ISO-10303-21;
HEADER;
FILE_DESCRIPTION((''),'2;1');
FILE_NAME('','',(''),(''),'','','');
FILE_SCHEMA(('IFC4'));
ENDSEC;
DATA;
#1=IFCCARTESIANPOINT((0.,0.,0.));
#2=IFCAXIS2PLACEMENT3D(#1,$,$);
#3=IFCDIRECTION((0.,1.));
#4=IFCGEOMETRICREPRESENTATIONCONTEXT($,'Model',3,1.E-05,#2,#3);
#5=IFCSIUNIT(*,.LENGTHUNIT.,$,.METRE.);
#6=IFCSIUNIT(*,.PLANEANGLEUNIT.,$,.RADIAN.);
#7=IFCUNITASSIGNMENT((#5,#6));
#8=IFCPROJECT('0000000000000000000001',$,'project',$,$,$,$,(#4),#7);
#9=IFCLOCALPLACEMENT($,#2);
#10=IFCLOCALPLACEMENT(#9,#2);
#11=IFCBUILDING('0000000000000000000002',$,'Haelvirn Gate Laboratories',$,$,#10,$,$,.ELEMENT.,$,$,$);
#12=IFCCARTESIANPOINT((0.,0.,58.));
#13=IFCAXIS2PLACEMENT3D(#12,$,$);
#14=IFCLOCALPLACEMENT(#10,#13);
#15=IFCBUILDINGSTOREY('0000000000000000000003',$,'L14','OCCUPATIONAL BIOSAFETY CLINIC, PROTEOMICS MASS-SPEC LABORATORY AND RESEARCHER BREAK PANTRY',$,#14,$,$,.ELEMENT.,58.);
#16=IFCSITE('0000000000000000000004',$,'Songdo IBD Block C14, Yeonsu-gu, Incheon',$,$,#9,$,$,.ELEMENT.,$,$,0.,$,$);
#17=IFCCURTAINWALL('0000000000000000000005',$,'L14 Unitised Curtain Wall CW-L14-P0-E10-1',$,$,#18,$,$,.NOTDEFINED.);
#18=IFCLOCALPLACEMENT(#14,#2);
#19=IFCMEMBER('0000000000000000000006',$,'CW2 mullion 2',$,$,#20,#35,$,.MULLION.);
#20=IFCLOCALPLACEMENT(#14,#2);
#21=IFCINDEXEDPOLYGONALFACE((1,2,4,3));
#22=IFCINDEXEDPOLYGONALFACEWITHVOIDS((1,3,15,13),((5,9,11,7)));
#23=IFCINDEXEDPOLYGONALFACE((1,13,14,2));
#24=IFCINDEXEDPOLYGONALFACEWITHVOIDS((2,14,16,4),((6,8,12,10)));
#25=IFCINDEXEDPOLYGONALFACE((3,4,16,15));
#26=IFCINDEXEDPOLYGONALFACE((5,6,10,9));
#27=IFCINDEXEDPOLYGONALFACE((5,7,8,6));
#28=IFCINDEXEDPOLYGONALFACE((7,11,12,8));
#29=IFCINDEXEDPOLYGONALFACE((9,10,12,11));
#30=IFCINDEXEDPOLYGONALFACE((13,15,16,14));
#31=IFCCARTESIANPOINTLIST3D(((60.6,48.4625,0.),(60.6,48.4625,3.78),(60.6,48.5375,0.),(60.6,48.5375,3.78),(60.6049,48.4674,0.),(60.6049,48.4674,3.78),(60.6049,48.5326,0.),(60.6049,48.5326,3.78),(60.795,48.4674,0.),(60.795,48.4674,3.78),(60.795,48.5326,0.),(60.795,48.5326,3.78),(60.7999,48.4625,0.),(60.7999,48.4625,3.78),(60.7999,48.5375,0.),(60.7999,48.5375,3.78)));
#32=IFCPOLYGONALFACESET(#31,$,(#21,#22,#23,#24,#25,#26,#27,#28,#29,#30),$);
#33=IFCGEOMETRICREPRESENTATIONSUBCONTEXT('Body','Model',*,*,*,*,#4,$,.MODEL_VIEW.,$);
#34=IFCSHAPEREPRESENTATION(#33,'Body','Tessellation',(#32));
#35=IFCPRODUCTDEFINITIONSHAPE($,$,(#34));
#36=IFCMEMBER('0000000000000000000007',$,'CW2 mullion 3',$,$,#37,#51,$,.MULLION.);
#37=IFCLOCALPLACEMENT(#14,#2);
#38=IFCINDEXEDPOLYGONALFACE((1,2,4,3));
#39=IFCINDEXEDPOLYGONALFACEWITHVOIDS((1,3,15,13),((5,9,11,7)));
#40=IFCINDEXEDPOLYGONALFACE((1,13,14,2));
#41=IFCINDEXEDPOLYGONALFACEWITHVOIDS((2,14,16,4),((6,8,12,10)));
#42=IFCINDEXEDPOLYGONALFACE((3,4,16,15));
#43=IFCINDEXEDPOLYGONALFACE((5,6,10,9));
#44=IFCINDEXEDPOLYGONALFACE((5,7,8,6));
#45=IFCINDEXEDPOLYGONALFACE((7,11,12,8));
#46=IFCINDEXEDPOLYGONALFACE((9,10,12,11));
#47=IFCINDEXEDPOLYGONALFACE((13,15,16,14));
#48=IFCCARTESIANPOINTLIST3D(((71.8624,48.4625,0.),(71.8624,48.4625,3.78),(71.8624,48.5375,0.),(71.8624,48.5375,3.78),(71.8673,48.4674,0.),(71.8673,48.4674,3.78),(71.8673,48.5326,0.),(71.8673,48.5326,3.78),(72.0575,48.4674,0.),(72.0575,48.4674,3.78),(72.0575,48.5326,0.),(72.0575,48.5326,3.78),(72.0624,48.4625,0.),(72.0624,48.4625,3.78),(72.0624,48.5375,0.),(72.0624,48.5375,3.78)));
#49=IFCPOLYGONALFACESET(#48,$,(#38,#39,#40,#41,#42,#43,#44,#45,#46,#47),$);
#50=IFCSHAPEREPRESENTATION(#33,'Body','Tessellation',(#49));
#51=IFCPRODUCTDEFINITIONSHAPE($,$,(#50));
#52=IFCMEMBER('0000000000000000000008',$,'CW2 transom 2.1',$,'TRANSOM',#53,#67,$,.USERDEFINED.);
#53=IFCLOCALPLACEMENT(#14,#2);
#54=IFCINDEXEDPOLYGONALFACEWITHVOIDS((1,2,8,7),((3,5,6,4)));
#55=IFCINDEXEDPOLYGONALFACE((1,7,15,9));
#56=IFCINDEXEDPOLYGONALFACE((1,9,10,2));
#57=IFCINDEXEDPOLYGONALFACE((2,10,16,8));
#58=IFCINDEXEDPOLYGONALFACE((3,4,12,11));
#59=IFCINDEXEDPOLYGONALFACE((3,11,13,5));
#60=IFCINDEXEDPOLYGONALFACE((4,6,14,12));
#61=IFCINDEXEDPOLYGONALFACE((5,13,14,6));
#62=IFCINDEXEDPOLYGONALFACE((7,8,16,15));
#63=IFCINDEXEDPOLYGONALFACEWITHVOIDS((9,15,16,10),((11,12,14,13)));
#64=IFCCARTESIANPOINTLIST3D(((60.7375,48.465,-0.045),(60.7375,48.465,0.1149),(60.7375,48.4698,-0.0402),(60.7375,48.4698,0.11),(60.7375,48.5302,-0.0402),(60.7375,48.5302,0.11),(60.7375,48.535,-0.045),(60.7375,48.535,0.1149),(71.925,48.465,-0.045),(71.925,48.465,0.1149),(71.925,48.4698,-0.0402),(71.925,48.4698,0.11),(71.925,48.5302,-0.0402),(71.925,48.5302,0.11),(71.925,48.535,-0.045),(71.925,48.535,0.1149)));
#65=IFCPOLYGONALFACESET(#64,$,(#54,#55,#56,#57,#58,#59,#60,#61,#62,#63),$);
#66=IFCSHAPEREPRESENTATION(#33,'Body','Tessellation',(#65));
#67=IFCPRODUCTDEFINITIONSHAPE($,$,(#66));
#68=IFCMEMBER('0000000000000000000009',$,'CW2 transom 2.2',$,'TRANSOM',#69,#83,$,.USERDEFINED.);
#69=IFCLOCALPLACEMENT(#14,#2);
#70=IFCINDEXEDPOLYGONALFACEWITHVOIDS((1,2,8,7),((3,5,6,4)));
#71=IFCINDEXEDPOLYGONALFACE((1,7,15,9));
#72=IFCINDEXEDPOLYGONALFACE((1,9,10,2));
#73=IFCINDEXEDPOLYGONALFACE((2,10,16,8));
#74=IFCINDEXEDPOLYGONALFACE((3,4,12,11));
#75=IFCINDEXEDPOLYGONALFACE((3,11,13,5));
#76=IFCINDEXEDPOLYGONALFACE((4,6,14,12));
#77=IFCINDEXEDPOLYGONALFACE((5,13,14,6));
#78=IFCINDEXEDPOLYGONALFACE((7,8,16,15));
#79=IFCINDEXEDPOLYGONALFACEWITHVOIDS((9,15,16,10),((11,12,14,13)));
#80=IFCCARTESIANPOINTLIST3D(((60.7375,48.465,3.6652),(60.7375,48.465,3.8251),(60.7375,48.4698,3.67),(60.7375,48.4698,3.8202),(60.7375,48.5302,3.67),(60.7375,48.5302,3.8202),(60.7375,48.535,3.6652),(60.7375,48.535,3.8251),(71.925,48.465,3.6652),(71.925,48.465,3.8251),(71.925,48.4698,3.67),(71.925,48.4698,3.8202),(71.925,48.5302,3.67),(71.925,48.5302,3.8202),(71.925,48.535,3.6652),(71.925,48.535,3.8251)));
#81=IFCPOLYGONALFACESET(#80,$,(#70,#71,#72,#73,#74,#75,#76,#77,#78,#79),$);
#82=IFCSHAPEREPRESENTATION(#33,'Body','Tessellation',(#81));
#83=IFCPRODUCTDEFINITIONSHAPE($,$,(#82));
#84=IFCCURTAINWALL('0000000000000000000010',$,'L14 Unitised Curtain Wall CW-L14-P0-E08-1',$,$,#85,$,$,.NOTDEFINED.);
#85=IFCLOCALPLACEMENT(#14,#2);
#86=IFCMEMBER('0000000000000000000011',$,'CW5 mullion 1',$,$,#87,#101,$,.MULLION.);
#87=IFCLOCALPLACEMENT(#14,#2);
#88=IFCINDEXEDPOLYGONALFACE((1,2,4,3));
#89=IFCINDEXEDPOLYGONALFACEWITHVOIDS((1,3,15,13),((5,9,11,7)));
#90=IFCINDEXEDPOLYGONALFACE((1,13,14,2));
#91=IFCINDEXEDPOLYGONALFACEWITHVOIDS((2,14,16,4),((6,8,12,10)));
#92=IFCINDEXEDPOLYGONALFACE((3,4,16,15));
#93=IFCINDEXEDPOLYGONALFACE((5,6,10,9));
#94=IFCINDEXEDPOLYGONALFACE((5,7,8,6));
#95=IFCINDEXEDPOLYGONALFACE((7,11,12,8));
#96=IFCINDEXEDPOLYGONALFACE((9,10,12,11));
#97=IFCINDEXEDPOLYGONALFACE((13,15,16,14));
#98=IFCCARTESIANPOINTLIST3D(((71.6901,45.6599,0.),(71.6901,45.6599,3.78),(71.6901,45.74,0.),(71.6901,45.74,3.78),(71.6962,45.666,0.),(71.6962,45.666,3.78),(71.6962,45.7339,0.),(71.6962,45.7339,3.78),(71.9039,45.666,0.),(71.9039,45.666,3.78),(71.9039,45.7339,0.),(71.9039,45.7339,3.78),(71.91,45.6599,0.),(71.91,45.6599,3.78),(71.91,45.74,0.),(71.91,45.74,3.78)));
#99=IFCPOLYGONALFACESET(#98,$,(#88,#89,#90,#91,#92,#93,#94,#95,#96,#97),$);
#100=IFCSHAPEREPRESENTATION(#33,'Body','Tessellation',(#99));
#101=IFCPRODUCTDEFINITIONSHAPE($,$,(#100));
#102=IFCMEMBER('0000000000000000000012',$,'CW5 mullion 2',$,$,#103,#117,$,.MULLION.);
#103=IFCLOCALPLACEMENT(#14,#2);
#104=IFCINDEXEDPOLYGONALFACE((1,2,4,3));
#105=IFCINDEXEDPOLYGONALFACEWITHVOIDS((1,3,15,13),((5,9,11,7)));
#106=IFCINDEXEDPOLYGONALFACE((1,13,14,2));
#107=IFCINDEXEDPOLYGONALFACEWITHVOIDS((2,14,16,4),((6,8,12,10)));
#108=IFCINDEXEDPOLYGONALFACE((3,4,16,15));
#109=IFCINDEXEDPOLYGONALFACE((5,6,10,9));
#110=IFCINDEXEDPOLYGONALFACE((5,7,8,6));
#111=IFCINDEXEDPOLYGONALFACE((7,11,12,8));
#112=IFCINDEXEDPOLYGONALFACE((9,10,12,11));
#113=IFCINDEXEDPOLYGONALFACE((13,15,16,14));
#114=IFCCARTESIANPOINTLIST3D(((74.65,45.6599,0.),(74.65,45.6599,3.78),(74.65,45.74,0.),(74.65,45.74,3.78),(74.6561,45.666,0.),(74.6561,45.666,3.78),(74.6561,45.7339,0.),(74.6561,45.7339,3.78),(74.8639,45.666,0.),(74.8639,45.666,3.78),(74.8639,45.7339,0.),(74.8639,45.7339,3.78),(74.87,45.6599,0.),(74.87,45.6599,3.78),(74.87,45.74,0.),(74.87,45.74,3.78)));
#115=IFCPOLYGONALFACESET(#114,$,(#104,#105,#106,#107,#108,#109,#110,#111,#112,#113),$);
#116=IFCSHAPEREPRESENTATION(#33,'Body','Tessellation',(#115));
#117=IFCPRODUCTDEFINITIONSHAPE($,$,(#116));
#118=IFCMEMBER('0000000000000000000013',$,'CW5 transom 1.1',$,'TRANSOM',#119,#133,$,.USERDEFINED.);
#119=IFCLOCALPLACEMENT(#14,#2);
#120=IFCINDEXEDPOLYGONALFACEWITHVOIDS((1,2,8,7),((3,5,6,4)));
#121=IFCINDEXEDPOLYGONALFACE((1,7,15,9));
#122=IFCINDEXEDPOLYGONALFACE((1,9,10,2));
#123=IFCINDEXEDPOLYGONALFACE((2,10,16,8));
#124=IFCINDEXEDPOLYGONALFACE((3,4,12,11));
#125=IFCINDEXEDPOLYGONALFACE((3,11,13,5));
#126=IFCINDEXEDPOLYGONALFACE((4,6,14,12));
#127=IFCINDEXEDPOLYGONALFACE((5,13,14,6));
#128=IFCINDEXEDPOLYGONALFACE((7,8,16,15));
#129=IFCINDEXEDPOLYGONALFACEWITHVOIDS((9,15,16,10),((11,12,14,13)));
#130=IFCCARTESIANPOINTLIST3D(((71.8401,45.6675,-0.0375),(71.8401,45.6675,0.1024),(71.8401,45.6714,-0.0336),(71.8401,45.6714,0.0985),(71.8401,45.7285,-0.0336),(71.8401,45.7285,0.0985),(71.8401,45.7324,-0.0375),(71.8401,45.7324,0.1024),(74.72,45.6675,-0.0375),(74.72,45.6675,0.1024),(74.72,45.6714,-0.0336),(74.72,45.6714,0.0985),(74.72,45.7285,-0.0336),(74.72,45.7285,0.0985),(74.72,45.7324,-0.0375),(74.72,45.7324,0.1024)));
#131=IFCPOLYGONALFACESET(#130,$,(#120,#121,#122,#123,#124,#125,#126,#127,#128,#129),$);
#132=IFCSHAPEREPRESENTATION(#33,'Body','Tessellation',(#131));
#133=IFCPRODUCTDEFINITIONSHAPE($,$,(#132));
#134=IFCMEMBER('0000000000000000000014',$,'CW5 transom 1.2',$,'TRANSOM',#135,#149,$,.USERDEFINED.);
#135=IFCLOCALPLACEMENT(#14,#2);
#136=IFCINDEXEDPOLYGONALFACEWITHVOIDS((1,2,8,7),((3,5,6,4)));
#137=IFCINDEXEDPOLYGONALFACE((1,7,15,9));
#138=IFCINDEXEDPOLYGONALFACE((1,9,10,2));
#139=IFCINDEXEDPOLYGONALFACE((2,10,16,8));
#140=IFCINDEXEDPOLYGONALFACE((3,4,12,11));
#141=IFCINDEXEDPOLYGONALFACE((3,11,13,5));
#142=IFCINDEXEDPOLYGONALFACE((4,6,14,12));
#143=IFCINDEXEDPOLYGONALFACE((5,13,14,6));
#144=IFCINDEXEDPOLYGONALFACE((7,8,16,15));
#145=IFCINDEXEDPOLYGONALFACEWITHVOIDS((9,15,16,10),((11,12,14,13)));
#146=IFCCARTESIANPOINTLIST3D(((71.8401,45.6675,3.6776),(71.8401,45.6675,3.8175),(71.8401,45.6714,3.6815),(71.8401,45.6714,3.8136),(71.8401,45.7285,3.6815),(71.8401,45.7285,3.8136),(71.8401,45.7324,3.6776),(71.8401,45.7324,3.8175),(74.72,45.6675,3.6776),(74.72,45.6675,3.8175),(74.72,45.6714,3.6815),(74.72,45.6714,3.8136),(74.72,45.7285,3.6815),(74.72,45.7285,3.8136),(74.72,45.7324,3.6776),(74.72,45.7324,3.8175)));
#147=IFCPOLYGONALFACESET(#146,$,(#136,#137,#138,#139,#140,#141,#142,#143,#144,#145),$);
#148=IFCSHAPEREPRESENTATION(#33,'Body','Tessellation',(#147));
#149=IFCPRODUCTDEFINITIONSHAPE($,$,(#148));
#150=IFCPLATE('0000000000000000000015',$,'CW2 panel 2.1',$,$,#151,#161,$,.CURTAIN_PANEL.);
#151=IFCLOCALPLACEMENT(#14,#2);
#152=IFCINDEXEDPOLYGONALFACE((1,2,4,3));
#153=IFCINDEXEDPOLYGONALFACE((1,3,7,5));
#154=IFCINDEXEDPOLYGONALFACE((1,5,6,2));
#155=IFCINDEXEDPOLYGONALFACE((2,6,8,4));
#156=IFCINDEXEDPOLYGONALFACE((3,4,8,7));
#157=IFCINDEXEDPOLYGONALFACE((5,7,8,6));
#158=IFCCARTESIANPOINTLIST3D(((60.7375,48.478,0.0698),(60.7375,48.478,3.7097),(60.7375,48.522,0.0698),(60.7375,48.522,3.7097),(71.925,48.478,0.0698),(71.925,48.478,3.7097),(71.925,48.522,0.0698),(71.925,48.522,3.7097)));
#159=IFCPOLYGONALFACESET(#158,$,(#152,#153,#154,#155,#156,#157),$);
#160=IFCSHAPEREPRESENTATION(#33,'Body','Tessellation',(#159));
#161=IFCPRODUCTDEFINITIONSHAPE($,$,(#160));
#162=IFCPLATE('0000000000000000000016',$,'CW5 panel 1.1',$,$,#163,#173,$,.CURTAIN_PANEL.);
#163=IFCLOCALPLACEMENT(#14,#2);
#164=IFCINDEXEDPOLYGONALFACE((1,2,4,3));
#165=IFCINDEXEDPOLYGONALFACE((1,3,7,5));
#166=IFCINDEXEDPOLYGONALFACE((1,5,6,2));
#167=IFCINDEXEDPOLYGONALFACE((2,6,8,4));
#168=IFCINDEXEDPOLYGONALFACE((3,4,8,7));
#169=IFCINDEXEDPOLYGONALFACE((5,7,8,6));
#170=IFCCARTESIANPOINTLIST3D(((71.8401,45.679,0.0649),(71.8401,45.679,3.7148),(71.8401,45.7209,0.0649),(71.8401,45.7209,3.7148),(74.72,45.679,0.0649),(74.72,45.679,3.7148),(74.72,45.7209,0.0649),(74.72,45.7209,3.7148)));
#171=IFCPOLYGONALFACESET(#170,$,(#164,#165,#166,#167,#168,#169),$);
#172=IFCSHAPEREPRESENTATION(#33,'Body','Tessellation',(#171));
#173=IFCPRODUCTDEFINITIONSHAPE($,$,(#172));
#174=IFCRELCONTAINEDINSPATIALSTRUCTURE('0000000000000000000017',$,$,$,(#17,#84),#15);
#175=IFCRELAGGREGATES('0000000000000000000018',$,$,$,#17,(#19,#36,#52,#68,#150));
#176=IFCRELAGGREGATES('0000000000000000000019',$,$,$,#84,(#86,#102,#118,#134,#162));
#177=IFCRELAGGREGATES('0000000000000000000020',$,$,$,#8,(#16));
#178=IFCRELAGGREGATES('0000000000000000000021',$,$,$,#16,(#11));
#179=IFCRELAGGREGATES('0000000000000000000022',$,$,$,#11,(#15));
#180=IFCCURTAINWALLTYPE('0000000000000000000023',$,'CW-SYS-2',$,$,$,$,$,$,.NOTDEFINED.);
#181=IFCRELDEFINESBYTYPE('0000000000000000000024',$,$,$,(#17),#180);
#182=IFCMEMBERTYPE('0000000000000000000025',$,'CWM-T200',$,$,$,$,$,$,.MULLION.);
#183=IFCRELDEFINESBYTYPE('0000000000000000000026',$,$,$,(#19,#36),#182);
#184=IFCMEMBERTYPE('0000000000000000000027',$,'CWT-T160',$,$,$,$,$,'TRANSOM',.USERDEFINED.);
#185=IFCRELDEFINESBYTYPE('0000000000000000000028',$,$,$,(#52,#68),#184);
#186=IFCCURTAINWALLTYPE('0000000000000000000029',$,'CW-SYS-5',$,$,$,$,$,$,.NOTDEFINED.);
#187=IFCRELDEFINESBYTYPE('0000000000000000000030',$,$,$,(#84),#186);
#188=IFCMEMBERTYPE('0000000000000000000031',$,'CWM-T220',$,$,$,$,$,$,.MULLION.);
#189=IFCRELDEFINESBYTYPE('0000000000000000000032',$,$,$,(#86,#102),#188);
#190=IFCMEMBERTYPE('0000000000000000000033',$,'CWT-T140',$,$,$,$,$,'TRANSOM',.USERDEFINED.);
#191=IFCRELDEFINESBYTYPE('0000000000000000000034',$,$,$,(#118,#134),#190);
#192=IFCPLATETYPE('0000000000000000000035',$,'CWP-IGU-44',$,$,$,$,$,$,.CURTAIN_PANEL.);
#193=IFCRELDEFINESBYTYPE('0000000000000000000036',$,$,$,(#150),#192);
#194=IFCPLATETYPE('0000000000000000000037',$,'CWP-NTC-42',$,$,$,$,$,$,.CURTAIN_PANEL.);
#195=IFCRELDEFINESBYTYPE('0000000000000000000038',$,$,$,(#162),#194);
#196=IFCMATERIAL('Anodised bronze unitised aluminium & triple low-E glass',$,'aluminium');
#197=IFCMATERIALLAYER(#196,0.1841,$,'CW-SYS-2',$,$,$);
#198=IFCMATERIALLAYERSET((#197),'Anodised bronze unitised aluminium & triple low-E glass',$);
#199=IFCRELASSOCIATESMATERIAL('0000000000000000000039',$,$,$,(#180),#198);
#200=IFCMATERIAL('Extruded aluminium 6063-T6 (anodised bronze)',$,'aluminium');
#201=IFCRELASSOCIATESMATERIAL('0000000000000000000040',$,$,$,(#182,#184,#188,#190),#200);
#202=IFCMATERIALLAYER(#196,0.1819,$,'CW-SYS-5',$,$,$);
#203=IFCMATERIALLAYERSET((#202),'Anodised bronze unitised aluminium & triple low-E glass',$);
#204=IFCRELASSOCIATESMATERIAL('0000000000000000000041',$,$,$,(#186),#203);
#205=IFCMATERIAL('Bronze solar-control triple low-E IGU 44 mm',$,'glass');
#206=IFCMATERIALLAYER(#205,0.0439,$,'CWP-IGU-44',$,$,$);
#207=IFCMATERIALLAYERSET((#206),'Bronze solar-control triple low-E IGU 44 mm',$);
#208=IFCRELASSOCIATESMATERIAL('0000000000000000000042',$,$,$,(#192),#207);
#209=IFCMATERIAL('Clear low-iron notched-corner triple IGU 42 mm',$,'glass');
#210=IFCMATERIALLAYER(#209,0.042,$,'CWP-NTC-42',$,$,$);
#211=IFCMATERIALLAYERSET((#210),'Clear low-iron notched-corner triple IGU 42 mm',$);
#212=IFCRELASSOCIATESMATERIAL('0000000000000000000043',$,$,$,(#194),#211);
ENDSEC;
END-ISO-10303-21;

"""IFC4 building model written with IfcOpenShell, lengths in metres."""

from ifc_helpers import new_model, si_unit, direction, frame, origin, origin_2d, place, context, subcontext, project, spatial, rectangle, hollow_rectangle, extrude, source, transform, mapped, material, layer, layer_set, material_profile, profile_set, type_object, type_shapes, element, aggregate, save


model = new_model("IFC4")

# Units and contexts
model_context = context("Model", 3, precision=1e-05, world=origin(), true_north=direction((0.0, 1.0)))
body_context = subcontext(model_context, "Body", "Model", "MODEL_VIEW")
ifc_project = project(units=[si_unit("LENGTHUNIT", "METRE"), si_unit("PLANEANGLEUNIT", "RADIAN")], contexts=[model_context])

# Site, building, storey
site_placement = place(None, origin())
site = spatial("IfcSite", under=ifc_project, at=site_placement, Name="Songdo IBD Block C14, Yeonsu-gu, Incheon", CompositionType="ELEMENT", RefElevation=0.0)
building_placement = place(site_placement, origin())
building = spatial("IfcBuilding", under=site, at=building_placement, Name="Haelvirn Gate Laboratories", CompositionType="ELEMENT")
storey_placement = place(building_placement, frame((0.0, 0.0, 58.0)))
storey = spatial("IfcBuildingStorey", under=building, at=storey_placement, Name="L14", Description="OCCUPATIONAL BIOSAFETY CLINIC, PROTEOMICS MASS-SPEC LABORATORY AND RESEARCHER BREAK PANTRY", CompositionType="ELEMENT", Elevation=58.0)

# Shared definitions
ifc_material_1 = material(Name="Anodised bronze unitised aluminium & triple low-E glass", Category="aluminium")
ifc_layer_1 = layer(ifc_material_1, 0.1841, Name="CW-SYS-2")
ifc_layer_set_1 = layer_set([ifc_layer_1], Name="Anodised bronze unitised aluminium & triple low-E glass")
curtain_wall_type_1 = type_object("IfcCurtainWallType", Name="CW-SYS-2", PredefinedType="NOTDEFINED", material=ifc_layer_set_1)
ifc_material_2 = material(Name="Extruded aluminium 6063-T6 (anodised bronze)", Category="aluminium")
ifc_material_profile_1 = material_profile(ifc_material_2, hollow_rectangle(XDim=0.075, YDim=0.2, WallThickness=0.0049, at=origin_2d()), Name="CWM-200x75x5")
ifc_profile_set_1 = profile_set([ifc_material_profile_1], Name="Extruded aluminium 6063-T6 (anodised bronze)")
member_type_1 = type_object("IfcMemberType", Name="CWM-T200", PredefinedType="MULLION", material=ifc_profile_set_1)
shared_shape_1 = source(origin(), body_context, "Body", "SweptSolid", [
    extrude(hollow_rectangle(XDim=0.075, YDim=0.2, WallThickness=0.0049, at=origin_2d()), origin(), (0.0, 0.0, 1.0), 3.78),
])
type_shapes(member_type_1, [shared_shape_1])

# Curtain walls, members
curtain_wall_1_placement = place(storey_placement, origin())
curtain_wall_1 = element("IfcCurtainWall", 1, at=curtain_wall_1_placement, inside=storey, type_object=curtain_wall_type_1, Name="L14 Unitised Curtain Wall CW-L14-P0-E10-1", PredefinedType="NOTDEFINED")
member_1_placement = place(storey_placement, frame((60.7, 48.5, 0.0), z_axis=(0.0, 0.0, 1.0), x_axis=(0.0, 1.0, 0.0)))
member_1 = element("IfcMember", 2, at=member_1_placement, type_object=member_type_1, Name="CW2 mullion 2", PredefinedType="MULLION", context=body_context, shape_type="MappedRepresentation", body=[
    mapped(shared_shape_1, transform((0.0, 0.0, 0.0), scale=1.0)),
])
member_2_placement = place(storey_placement, frame((71.9624, 48.5, 0.0), z_axis=(0.0, 0.0, 1.0), x_axis=(0.0, 1.0, 0.0)))
member_2 = element("IfcMember", 3, at=member_2_placement, type_object=member_type_1, Name="CW2 mullion 3", PredefinedType="MULLION", context=body_context, shape_type="MappedRepresentation", body=[
    mapped(shared_shape_1, transform((0.0, 0.0, 0.0), scale=1.0)),
])
ifc_material_profile_2 = material_profile(ifc_material_2, hollow_rectangle(XDim=0.0701, YDim=0.1599, WallThickness=0.0049, at=origin_2d()), Name="CWT-160x70x5")
ifc_profile_set_2 = profile_set([ifc_material_profile_2], Name="Extruded aluminium 6063-T6 (anodised bronze)")
member_type_2 = type_object("IfcMemberType", Name="CWT-T160", ElementType="TRANSOM", PredefinedType="USERDEFINED", material=ifc_profile_set_2)
shared_shape_2 = source(origin(), body_context, "Body", "SweptSolid", [
    extrude(hollow_rectangle(XDim=0.0701, YDim=0.1599, WallThickness=0.0049, at=origin_2d()), origin(), (0.0, 0.0, 1.0), 11.1875),
])
type_shapes(member_type_2, [shared_shape_2])
member_3_placement = place(storey_placement, frame((60.7375, 48.5, 0.0349), z_axis=(1.0, 0.0, 0.0), x_axis=(0.0, 1.0, 0.0)))
member_3 = element("IfcMember", 4, at=member_3_placement, type_object=member_type_2, Name="CW2 transom 2.1", ObjectType="TRANSOM", PredefinedType="USERDEFINED", context=body_context, shape_type="MappedRepresentation", body=[
    mapped(shared_shape_2, transform((0.0, 0.0, 0.0), scale=1.0)),
])
member_4_placement = place(storey_placement, frame((60.7375, 48.5, 3.7451), z_axis=(1.0, 0.0, 0.0), x_axis=(0.0, 1.0, 0.0)))
member_4 = element("IfcMember", 5, at=member_4_placement, type_object=member_type_2, Name="CW2 transom 2.2", ObjectType="TRANSOM", PredefinedType="USERDEFINED", context=body_context, shape_type="MappedRepresentation", body=[
    mapped(shared_shape_2, transform((0.0, 0.0, 0.0), scale=1.0)),
])
ifc_layer_2 = layer(ifc_material_1, 0.1819, Name="CW-SYS-5")
ifc_layer_set_2 = layer_set([ifc_layer_2], Name="Anodised bronze unitised aluminium & triple low-E glass")
curtain_wall_type_2 = type_object("IfcCurtainWallType", Name="CW-SYS-5", PredefinedType="NOTDEFINED", material=ifc_layer_set_2)
curtain_wall_2_placement = place(storey_placement, origin())
curtain_wall_2 = element("IfcCurtainWall", 6, at=curtain_wall_2_placement, inside=storey, type_object=curtain_wall_type_2, Name="L14 Unitised Curtain Wall CW-L14-P0-E08-1", PredefinedType="NOTDEFINED")
ifc_material_profile_3 = material_profile(ifc_material_2, hollow_rectangle(XDim=0.0801, YDim=0.22, WallThickness=0.0061, at=origin_2d()), Name="CWM-220x80x6")
ifc_profile_set_3 = profile_set([ifc_material_profile_3], Name="Extruded aluminium 6063-T6 (anodised bronze)")
member_type_3 = type_object("IfcMemberType", Name="CWM-T220", PredefinedType="MULLION", material=ifc_profile_set_3)
shared_shape_3 = source(origin(), body_context, "Body", "SweptSolid", [
    extrude(hollow_rectangle(XDim=0.0801, YDim=0.22, WallThickness=0.0061, at=origin_2d()), origin(), (0.0, 0.0, 1.0), 3.78),
])
type_shapes(member_type_3, [shared_shape_3])
member_5_placement = place(storey_placement, frame((71.8, 45.7, 0.0), z_axis=(0.0, 0.0, 1.0), x_axis=(0.0, 1.0, 0.0)))
member_5 = element("IfcMember", 7, at=member_5_placement, type_object=member_type_3, Name="CW5 mullion 1", PredefinedType="MULLION", context=body_context, shape_type="MappedRepresentation", body=[
    mapped(shared_shape_3, transform((0.0, 0.0, 0.0), scale=1.0)),
])
member_6_placement = place(storey_placement, frame((74.76, 45.7, 0.0), z_axis=(0.0, 0.0, 1.0), x_axis=(0.0, 1.0, 0.0)))
member_6 = element("IfcMember", 8, at=member_6_placement, type_object=member_type_3, Name="CW5 mullion 2", PredefinedType="MULLION", context=body_context, shape_type="MappedRepresentation", body=[
    mapped(shared_shape_3, transform((0.0, 0.0, 0.0), scale=1.0)),
])
ifc_material_profile_4 = material_profile(ifc_material_2, hollow_rectangle(XDim=0.0649, YDim=0.1399, WallThickness=0.0039, at=origin_2d()), Name="CWT-140x65x4")
ifc_profile_set_4 = profile_set([ifc_material_profile_4], Name="Extruded aluminium 6063-T6 (anodised bronze)")
member_type_4 = type_object("IfcMemberType", Name="CWT-T140", ElementType="TRANSOM", PredefinedType="USERDEFINED", material=ifc_profile_set_4)
shared_shape_4 = source(origin(), body_context, "Body", "SweptSolid", [
    extrude(hollow_rectangle(XDim=0.0649, YDim=0.1399, WallThickness=0.0039, at=origin_2d()), origin(), (0.0, 0.0, 1.0), 2.8799),
])
type_shapes(member_type_4, [shared_shape_4])
member_7_placement = place(storey_placement, frame((71.8401, 45.7, 0.0325), z_axis=(1.0, 0.0, 0.0), x_axis=(0.0, 1.0, 0.0)))
member_7 = element("IfcMember", 9, at=member_7_placement, type_object=member_type_4, Name="CW5 transom 1.1", ObjectType="TRANSOM", PredefinedType="USERDEFINED", context=body_context, shape_type="MappedRepresentation", body=[
    mapped(shared_shape_4, transform((0.0, 0.0, 0.0), scale=1.0)),
])
member_8_placement = place(storey_placement, frame((71.8401, 45.7, 3.7476), z_axis=(1.0, 0.0, 0.0), x_axis=(0.0, 1.0, 0.0)))
member_8 = element("IfcMember", 10, at=member_8_placement, type_object=member_type_4, Name="CW5 transom 1.2", ObjectType="TRANSOM", PredefinedType="USERDEFINED", context=body_context, shape_type="MappedRepresentation", body=[
    mapped(shared_shape_4, transform((0.0, 0.0, 0.0), scale=1.0)),
])

# Plates
ifc_material_3 = material(Name="Bronze solar-control triple low-E IGU 44 mm", Category="glass")
ifc_layer_3 = layer(ifc_material_3, 0.0439, Name="CWP-IGU-44")
ifc_layer_set_3 = layer_set([ifc_layer_3], Name="Bronze solar-control triple low-E IGU 44 mm")
plate_type_1 = type_object("IfcPlateType", Name="CWP-IGU-44", PredefinedType="CURTAIN_PANEL", material=ifc_layer_set_3)
shared_shape_5 = source(origin(), body_context, "Body", "SweptSolid", [
    extrude(rectangle(XDim=11.1875, YDim=0.0439, at=origin_2d()), origin(), (0.0, 0.0, 1.0), 3.6399),
])
plate_1_placement = place(storey_placement, frame((66.3313, 48.5, 0.0698), z_axis=(0.0, 0.0, 1.0), x_axis=(1.0, 0.0, 0.0)))
plate_1 = element("IfcPlate", 11, at=plate_1_placement, type_object=plate_type_1, Name="CW2 panel 2.1", PredefinedType="CURTAIN_PANEL", context=body_context, shape_type="MappedRepresentation", body=[
    mapped(shared_shape_5, transform((0.0, 0.0, 0.0), scale=1.0)),
])
aggregate(curtain_wall_1, [member_1, member_2, member_3, member_4, plate_1])
ifc_material_4 = material(Name="Clear low-iron notched-corner triple IGU 42 mm", Category="glass")
ifc_layer_4 = layer(ifc_material_4, 0.042, Name="CWP-NTC-42")
ifc_layer_set_4 = layer_set([ifc_layer_4], Name="Clear low-iron notched-corner triple IGU 42 mm")
plate_type_2 = type_object("IfcPlateType", Name="CWP-NTC-42", PredefinedType="CURTAIN_PANEL", material=ifc_layer_set_4)
shared_shape_6 = source(origin(), body_context, "Body", "SweptSolid", [
    extrude(rectangle(XDim=2.8799, YDim=0.042, at=origin_2d()), origin(), (0.0, 0.0, 1.0), 3.6499),
])
type_shapes(plate_type_2, [shared_shape_6])
plate_2_placement = place(storey_placement, frame((73.28, 45.7, 0.0649), z_axis=(0.0, 0.0, 1.0), x_axis=(1.0, 0.0, 0.0)))
plate_2 = element("IfcPlate", 12, at=plate_2_placement, type_object=plate_type_2, Name="CW5 panel 1.1", PredefinedType="CURTAIN_PANEL", context=body_context, shape_type="MappedRepresentation", body=[
    mapped(shared_shape_6, transform((0.0, 0.0, 0.0), scale=1.0)),
])
aggregate(curtain_wall_2, [member_5, member_6, member_7, member_8, plate_2])

save(model, "model.ifc")
